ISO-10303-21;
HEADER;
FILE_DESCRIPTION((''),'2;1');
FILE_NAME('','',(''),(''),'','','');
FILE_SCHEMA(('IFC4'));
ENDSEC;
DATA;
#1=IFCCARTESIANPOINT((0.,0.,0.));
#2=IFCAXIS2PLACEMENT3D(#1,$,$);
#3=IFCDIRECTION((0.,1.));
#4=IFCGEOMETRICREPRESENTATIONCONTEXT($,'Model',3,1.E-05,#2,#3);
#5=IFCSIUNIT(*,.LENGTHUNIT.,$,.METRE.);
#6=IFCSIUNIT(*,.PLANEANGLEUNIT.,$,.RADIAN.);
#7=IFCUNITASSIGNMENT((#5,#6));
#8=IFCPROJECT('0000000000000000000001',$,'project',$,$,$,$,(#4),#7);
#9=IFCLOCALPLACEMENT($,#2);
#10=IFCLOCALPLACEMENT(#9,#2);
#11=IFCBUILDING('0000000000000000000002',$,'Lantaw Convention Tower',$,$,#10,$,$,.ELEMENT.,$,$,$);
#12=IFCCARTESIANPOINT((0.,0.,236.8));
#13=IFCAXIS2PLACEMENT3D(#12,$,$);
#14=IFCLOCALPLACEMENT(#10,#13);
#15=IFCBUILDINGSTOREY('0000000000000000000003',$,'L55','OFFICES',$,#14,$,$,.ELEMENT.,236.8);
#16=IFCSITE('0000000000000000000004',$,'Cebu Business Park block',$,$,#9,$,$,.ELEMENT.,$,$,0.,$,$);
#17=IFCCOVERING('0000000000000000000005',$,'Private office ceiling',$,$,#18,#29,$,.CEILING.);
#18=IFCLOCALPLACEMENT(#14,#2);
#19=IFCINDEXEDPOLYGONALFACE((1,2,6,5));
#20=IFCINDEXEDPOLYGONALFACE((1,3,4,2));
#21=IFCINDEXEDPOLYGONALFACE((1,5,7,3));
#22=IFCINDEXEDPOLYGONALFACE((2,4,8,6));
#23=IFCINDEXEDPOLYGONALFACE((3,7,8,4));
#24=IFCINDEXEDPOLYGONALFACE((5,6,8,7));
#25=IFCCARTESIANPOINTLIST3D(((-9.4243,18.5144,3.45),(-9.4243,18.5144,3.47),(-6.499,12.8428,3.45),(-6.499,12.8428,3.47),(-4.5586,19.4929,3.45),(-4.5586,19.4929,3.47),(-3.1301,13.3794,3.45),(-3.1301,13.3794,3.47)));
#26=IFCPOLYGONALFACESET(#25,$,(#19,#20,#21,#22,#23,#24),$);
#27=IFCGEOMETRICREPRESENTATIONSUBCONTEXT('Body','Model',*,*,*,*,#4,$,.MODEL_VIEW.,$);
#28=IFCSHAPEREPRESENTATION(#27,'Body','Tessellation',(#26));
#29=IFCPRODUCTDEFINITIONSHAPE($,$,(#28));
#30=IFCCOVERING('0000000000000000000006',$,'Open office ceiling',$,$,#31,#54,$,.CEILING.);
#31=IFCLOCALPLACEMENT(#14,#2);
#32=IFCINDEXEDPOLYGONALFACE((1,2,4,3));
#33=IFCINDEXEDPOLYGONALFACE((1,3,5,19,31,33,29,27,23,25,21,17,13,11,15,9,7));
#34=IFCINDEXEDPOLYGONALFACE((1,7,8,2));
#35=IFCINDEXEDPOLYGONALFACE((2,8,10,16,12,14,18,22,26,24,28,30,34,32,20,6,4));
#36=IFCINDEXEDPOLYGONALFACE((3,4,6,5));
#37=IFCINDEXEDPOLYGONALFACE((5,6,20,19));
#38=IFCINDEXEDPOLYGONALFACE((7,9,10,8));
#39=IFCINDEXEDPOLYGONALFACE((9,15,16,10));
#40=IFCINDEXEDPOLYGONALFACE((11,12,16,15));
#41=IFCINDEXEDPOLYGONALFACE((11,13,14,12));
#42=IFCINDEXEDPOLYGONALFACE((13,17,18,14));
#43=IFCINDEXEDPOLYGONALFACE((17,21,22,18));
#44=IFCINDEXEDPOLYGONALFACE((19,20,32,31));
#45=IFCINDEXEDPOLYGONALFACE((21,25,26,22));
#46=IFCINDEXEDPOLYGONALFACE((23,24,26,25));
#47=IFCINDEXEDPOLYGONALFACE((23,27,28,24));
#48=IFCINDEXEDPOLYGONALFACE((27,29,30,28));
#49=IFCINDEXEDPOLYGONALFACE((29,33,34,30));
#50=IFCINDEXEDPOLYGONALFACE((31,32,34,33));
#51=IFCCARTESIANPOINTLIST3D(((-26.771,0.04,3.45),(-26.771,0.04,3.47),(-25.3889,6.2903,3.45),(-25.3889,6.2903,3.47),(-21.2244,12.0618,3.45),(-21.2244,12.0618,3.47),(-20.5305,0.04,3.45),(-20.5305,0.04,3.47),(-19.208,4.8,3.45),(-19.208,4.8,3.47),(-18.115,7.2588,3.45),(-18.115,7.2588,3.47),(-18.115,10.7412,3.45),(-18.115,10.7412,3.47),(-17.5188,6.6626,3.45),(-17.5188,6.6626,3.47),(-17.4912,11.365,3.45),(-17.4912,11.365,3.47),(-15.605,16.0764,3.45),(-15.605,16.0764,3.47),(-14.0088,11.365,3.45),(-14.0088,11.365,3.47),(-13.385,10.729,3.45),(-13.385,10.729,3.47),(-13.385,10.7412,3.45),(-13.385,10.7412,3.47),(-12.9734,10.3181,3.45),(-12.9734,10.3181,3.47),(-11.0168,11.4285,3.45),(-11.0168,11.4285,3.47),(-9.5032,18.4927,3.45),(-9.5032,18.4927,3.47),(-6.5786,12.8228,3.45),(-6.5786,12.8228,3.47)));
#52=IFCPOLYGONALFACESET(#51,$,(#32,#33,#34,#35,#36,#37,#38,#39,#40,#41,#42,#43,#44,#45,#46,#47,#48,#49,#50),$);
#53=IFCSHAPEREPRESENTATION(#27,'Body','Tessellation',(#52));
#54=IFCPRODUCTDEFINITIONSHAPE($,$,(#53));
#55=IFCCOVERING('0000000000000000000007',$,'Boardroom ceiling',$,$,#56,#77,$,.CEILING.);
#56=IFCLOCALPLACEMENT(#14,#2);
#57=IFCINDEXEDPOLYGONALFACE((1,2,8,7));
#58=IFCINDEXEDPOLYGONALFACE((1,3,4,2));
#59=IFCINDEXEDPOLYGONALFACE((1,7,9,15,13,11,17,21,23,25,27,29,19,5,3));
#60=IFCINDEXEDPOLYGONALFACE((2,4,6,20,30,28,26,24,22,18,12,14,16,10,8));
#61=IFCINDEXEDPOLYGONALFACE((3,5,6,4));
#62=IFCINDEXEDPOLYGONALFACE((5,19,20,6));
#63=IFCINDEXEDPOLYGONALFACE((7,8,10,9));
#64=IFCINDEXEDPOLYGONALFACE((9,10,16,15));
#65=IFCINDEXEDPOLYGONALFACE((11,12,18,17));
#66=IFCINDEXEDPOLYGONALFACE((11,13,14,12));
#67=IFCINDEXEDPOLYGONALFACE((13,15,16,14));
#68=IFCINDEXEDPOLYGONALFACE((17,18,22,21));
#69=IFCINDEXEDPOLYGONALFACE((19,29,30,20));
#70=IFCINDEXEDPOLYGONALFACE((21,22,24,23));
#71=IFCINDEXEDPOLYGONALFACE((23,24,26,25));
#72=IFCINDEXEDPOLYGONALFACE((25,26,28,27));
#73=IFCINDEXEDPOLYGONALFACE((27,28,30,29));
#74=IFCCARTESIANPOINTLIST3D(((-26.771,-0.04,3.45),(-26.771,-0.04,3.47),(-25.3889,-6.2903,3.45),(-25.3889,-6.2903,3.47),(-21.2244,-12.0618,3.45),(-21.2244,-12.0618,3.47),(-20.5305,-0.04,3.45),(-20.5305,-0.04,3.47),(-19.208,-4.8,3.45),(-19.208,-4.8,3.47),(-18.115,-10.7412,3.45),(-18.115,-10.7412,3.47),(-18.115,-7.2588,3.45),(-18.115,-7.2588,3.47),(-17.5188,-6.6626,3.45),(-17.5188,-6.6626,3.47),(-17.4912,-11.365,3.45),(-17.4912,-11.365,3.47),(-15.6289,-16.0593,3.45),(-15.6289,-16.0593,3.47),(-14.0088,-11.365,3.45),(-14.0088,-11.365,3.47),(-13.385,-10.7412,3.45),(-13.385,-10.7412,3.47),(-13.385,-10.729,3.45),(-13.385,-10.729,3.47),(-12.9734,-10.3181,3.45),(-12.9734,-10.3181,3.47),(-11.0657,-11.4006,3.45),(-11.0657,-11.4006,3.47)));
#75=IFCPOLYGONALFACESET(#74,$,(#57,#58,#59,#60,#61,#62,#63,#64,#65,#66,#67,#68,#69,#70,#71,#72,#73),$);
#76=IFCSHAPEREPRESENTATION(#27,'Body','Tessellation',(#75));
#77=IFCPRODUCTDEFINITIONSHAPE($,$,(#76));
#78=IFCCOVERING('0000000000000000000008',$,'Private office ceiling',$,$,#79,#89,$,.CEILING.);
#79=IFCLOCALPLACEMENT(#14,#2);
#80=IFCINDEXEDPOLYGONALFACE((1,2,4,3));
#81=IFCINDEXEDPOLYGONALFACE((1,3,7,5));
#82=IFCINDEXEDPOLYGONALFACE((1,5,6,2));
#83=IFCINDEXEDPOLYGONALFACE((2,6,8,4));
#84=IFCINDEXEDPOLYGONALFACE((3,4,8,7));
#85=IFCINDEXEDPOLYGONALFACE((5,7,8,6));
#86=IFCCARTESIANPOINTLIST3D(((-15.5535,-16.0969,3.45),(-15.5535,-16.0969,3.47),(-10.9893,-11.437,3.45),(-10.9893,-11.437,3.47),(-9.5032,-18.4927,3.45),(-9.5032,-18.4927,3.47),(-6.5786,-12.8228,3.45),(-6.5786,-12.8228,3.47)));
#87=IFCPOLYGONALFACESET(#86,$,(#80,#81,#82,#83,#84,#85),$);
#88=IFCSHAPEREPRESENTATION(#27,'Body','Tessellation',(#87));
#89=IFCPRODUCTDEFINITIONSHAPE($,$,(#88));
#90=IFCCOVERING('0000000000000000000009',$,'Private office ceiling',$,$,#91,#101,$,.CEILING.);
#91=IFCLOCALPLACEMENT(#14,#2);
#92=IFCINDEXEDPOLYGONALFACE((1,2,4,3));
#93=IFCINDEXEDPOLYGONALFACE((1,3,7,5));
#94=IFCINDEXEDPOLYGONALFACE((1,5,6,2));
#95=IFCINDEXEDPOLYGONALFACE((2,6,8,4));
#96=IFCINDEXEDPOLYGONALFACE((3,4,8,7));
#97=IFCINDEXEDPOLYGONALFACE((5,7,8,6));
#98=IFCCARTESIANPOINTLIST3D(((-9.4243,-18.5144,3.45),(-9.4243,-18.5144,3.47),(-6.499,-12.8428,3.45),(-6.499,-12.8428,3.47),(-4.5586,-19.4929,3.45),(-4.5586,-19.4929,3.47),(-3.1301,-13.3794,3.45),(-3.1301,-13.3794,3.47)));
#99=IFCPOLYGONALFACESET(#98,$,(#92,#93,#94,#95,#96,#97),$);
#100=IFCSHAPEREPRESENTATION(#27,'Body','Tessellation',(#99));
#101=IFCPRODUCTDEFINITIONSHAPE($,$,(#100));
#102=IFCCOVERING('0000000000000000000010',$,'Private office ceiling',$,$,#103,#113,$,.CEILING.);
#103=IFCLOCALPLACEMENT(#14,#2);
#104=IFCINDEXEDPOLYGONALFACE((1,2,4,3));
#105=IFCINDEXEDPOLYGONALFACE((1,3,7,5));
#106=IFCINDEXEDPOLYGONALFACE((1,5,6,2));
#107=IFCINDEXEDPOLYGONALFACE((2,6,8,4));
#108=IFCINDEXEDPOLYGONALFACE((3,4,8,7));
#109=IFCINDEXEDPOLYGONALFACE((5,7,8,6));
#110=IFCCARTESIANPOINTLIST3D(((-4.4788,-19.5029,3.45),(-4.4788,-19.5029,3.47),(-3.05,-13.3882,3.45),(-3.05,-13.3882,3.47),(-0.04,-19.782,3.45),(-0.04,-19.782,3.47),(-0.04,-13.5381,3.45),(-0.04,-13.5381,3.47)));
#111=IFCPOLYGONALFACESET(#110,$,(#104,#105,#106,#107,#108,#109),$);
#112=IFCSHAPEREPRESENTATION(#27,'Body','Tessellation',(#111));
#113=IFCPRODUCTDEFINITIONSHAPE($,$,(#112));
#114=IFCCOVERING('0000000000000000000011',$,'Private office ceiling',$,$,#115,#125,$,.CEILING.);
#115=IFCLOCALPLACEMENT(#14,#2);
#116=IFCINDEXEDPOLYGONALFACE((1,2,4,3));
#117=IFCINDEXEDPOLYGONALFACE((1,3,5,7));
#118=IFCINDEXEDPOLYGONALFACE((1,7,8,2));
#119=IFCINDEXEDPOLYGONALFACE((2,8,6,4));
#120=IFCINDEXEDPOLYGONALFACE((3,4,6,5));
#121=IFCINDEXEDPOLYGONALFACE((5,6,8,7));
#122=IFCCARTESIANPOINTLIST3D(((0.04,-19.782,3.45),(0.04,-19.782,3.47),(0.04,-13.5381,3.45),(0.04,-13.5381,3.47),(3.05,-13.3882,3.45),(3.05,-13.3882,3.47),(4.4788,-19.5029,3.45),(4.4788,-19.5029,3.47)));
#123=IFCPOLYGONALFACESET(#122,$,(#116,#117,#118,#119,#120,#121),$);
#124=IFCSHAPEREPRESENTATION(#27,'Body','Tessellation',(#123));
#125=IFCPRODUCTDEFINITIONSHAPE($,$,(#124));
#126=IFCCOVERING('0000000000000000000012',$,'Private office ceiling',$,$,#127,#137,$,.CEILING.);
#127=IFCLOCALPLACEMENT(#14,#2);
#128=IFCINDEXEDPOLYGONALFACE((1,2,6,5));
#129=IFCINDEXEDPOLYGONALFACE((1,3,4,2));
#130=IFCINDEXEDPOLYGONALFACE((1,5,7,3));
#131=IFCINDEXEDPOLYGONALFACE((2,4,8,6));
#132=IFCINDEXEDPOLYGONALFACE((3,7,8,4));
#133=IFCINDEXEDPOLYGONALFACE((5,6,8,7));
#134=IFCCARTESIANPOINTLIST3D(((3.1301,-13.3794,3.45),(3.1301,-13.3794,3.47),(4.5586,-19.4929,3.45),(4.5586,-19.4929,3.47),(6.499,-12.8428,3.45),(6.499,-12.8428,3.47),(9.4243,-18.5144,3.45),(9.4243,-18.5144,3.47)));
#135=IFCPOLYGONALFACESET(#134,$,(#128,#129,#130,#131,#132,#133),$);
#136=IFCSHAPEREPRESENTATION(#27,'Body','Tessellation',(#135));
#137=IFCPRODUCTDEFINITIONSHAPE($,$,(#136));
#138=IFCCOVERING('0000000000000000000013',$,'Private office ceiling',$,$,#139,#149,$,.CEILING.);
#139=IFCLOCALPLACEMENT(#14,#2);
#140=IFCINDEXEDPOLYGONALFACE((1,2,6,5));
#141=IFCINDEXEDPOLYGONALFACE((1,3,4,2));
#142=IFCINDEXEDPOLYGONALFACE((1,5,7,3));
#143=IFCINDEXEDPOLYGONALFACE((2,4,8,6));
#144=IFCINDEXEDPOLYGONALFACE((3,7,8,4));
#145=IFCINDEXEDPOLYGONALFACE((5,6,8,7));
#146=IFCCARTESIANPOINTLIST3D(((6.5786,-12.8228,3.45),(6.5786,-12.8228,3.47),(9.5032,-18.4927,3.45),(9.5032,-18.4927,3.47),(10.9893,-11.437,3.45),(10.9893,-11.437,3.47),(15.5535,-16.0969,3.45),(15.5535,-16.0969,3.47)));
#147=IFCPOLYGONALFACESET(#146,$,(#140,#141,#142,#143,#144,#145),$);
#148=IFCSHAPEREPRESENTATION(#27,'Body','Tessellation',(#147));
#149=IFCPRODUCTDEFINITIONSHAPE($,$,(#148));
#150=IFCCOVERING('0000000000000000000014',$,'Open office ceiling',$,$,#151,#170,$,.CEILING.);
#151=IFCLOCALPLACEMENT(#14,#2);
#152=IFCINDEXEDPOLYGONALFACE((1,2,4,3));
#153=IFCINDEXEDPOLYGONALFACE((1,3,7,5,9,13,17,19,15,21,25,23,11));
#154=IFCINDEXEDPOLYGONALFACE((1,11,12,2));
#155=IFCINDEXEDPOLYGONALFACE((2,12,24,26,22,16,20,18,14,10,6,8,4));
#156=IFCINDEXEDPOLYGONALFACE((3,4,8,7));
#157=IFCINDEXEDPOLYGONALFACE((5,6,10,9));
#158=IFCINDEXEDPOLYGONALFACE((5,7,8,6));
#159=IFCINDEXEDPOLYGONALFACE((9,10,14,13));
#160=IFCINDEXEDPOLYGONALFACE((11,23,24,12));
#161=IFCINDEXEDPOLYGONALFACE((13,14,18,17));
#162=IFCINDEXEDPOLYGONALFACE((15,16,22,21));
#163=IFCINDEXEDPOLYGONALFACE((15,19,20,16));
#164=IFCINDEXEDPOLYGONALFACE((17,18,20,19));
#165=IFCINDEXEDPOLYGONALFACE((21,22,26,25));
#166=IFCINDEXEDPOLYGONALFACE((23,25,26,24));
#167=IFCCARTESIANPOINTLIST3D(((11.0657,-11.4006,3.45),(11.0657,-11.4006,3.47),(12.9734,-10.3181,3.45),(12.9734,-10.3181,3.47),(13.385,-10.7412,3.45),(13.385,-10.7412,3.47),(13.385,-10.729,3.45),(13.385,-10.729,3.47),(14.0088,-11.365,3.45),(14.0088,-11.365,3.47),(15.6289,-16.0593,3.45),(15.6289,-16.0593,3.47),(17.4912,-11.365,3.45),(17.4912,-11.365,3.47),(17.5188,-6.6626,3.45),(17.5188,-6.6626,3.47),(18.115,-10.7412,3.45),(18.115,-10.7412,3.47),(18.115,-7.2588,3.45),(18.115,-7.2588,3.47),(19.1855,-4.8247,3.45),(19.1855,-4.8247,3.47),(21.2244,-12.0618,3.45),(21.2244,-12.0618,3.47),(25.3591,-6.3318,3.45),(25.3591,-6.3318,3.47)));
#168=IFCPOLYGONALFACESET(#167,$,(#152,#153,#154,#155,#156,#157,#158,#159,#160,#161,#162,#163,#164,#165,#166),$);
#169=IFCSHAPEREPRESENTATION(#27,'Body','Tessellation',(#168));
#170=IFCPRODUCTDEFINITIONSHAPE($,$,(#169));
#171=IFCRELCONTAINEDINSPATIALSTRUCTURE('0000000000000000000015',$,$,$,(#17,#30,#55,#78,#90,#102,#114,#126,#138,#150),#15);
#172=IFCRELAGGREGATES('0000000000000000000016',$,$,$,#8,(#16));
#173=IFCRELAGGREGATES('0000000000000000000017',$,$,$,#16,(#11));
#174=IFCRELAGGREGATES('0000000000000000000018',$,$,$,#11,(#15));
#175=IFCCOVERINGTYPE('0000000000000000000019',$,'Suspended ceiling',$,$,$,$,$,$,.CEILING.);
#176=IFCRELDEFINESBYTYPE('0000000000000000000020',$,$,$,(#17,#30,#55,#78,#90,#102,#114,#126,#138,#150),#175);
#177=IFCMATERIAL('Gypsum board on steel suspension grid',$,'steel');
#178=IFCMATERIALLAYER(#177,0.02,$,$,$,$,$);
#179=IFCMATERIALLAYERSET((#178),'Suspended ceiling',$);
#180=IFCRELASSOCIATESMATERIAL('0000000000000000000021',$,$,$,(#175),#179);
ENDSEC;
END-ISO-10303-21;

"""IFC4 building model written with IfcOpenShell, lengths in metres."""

from ifc_helpers import new_model, si_unit, direction, frame, origin, place, context, subcontext, project, spatial, polyline, outline, extrude, material, layer, layer_set, type_object, element, save


model = new_model("IFC4")

# Units and contexts
model_context = context("Model", 3, precision=1e-05, world=origin(), true_north=direction((0.0, 1.0)))
body_context = subcontext(model_context, "Body", "Model", "MODEL_VIEW")
ifc_project = project(units=[si_unit("LENGTHUNIT", "METRE"), si_unit("PLANEANGLEUNIT", "RADIAN")], contexts=[model_context])

# Site, building, storey
site_placement = place(None, origin())
site = spatial("IfcSite", under=ifc_project, at=site_placement, Name="Cebu Business Park block", CompositionType="ELEMENT", RefElevation=0.0)
building_placement = place(site_placement, origin())
building = spatial("IfcBuilding", under=site, at=building_placement, Name="Lantaw Convention Tower", CompositionType="ELEMENT")
storey_placement = place(building_placement, frame((0.0, 0.0, 236.8)))
storey = spatial("IfcBuildingStorey", under=building, at=storey_placement, Name="L55", Description="OFFICES", CompositionType="ELEMENT", Elevation=236.8)

# Coverings
ifc_material_1 = material(Name="Gypsum board on steel suspension grid", Category="steel")
ifc_layer_1 = layer(ifc_material_1, 0.02)
ifc_layer_set_1 = layer_set([ifc_layer_1], Name="Suspended ceiling")
covering_type = type_object("IfcCoveringType", Name="Suspended ceiling", PredefinedType="CEILING", material=ifc_layer_set_1)
covering_1_placement = place(storey_placement, frame((0.0, 0.0, 3.45)))
element("IfcCovering", 1, at=covering_1_placement, inside=storey, type_object=covering_type, Name="Private office ceiling", PredefinedType="CEILING", context=body_context, shape_type="SweptSolid", body=[
    extrude(outline(polyline([(-3.1301, 13.3794), (-4.5586, 19.4929), (-9.4243, 18.5144), (-6.499, 12.8428), (-3.1301, 13.3794)])), origin(), (0.0, 0.0, 1.0), 0.02),
])
covering_2_placement = place(storey_placement, frame((0.0, 0.0, 3.45)))
element("IfcCovering", 2, at=covering_2_placement, inside=storey, type_object=covering_type, Name="Open office ceiling", PredefinedType="CEILING", context=body_context, shape_type="SweptSolid", body=[
    extrude(outline(polyline([(-17.5188, 6.6626), (-18.115, 7.2588), (-18.115, 10.7412), (-17.4912, 11.365), (-14.0088, 11.365), (-13.385, 10.7412), (-13.385, 10.729), (-12.9734, 10.3181), (-11.0168, 11.4285), (-6.5786, 12.8228), (-9.5032, 18.4927), (-15.605, 16.0764), (-21.2244, 12.0618), (-25.3889, 6.2903), (-26.771, 0.04), (-20.5305, 0.04), (-19.208, 4.8), (-17.5188, 6.6626)])), origin(), (0.0, 0.0, 1.0), 0.02),
])
covering_3_placement = place(storey_placement, frame((0.0, 0.0, 3.45)))
element("IfcCovering", 3, at=covering_3_placement, inside=storey, type_object=covering_type, Name="Boardroom ceiling", PredefinedType="CEILING", context=body_context, shape_type="SweptSolid", body=[
    extrude(outline(polyline([(-17.5188, -6.6626), (-19.208, -4.8), (-20.5305, -0.04), (-26.771, -0.04), (-25.3889, -6.2903), (-21.2244, -12.0618), (-15.6289, -16.0593), (-11.0657, -11.4006), (-12.9734, -10.3181), (-13.385, -10.729), (-13.385, -10.7412), (-14.0088, -11.365), (-17.4912, -11.365), (-18.115, -10.7412), (-18.115, -7.2588), (-17.5188, -6.6626)])), origin(), (0.0, 0.0, 1.0), 0.02),
])
covering_4_placement = place(storey_placement, frame((0.0, 0.0, 3.45)))
element("IfcCovering", 4, at=covering_4_placement, inside=storey, type_object=covering_type, Name="Private office ceiling", PredefinedType="CEILING", context=body_context, shape_type="SweptSolid", body=[
    extrude(outline(polyline([(-10.9893, -11.437), (-15.5535, -16.0969), (-9.5032, -18.4927), (-6.5786, -12.8228), (-10.9893, -11.437)])), origin(), (0.0, 0.0, 1.0), 0.02),
])
covering_5_placement = place(storey_placement, frame((0.0, 0.0, 3.45)))
element("IfcCovering", 5, at=covering_5_placement, inside=storey, type_object=covering_type, Name="Private office ceiling", PredefinedType="CEILING", context=body_context, shape_type="SweptSolid", body=[
    extrude(outline(polyline([(-6.499, -12.8428), (-9.4243, -18.5144), (-4.5586, -19.4929), (-3.1301, -13.3794), (-6.499, -12.8428)])), origin(), (0.0, 0.0, 1.0), 0.02),
])
covering_6_placement = place(storey_placement, frame((0.0, 0.0, 3.45)))
element("IfcCovering", 6, at=covering_6_placement, inside=storey, type_object=covering_type, Name="Private office ceiling", PredefinedType="CEILING", context=body_context, shape_type="SweptSolid", body=[
    extrude(outline(polyline([(-3.05, -13.3882), (-4.4788, -19.5029), (-0.04, -19.782), (-0.04, -13.5381), (-3.05, -13.3882)])), origin(), (0.0, 0.0, 1.0), 0.02),
])
covering_7_placement = place(storey_placement, frame((0.0, 0.0, 3.45)))
element("IfcCovering", 7, at=covering_7_placement, inside=storey, type_object=covering_type, Name="Private office ceiling", PredefinedType="CEILING", context=body_context, shape_type="SweptSolid", body=[
    extrude(outline(polyline([(0.04, -13.5381), (0.04, -19.782), (4.4788, -19.5029), (3.05, -13.3882), (0.04, -13.5381)])), origin(), (0.0, 0.0, 1.0), 0.02),
])
covering_8_placement = place(storey_placement, frame((0.0, 0.0, 3.45)))
element("IfcCovering", 8, at=covering_8_placement, inside=storey, type_object=covering_type, Name="Private office ceiling", PredefinedType="CEILING", context=body_context, shape_type="SweptSolid", body=[
    extrude(outline(polyline([(3.1301, -13.3794), (4.5586, -19.4929), (9.4243, -18.5144), (6.499, -12.8428), (3.1301, -13.3794)])), origin(), (0.0, 0.0, 1.0), 0.02),
])
covering_9_placement = place(storey_placement, frame((0.0, 0.0, 3.45)))
element("IfcCovering", 9, at=covering_9_placement, inside=storey, type_object=covering_type, Name="Private office ceiling", PredefinedType="CEILING", context=body_context, shape_type="SweptSolid", body=[
    extrude(outline(polyline([(6.5786, -12.8228), (9.5032, -18.4927), (15.5535, -16.0969), (10.9893, -11.437), (6.5786, -12.8228)])), origin(), (0.0, 0.0, 1.0), 0.02),
])
covering_10_placement = place(storey_placement, frame((0.0, 0.0, 3.45)))
element("IfcCovering", 10, at=covering_10_placement, inside=storey, type_object=covering_type, Name="Open office ceiling", PredefinedType="CEILING", context=body_context, shape_type="SweptSolid", body=[
    extrude(outline(polyline([(13.385, -10.7412), (13.385, -10.729), (12.9734, -10.3181), (11.0657, -11.4006), (15.6289, -16.0593), (21.2244, -12.0618), (25.3591, -6.3318), (19.1855, -4.8247), (17.5188, -6.6626), (18.115, -7.2588), (18.115, -10.7412), (17.4912, -11.365), (14.0088, -11.365), (13.385, -10.7412)])), origin(), (0.0, 0.0, 1.0), 0.02),
])

save(model, "model.ifc")
